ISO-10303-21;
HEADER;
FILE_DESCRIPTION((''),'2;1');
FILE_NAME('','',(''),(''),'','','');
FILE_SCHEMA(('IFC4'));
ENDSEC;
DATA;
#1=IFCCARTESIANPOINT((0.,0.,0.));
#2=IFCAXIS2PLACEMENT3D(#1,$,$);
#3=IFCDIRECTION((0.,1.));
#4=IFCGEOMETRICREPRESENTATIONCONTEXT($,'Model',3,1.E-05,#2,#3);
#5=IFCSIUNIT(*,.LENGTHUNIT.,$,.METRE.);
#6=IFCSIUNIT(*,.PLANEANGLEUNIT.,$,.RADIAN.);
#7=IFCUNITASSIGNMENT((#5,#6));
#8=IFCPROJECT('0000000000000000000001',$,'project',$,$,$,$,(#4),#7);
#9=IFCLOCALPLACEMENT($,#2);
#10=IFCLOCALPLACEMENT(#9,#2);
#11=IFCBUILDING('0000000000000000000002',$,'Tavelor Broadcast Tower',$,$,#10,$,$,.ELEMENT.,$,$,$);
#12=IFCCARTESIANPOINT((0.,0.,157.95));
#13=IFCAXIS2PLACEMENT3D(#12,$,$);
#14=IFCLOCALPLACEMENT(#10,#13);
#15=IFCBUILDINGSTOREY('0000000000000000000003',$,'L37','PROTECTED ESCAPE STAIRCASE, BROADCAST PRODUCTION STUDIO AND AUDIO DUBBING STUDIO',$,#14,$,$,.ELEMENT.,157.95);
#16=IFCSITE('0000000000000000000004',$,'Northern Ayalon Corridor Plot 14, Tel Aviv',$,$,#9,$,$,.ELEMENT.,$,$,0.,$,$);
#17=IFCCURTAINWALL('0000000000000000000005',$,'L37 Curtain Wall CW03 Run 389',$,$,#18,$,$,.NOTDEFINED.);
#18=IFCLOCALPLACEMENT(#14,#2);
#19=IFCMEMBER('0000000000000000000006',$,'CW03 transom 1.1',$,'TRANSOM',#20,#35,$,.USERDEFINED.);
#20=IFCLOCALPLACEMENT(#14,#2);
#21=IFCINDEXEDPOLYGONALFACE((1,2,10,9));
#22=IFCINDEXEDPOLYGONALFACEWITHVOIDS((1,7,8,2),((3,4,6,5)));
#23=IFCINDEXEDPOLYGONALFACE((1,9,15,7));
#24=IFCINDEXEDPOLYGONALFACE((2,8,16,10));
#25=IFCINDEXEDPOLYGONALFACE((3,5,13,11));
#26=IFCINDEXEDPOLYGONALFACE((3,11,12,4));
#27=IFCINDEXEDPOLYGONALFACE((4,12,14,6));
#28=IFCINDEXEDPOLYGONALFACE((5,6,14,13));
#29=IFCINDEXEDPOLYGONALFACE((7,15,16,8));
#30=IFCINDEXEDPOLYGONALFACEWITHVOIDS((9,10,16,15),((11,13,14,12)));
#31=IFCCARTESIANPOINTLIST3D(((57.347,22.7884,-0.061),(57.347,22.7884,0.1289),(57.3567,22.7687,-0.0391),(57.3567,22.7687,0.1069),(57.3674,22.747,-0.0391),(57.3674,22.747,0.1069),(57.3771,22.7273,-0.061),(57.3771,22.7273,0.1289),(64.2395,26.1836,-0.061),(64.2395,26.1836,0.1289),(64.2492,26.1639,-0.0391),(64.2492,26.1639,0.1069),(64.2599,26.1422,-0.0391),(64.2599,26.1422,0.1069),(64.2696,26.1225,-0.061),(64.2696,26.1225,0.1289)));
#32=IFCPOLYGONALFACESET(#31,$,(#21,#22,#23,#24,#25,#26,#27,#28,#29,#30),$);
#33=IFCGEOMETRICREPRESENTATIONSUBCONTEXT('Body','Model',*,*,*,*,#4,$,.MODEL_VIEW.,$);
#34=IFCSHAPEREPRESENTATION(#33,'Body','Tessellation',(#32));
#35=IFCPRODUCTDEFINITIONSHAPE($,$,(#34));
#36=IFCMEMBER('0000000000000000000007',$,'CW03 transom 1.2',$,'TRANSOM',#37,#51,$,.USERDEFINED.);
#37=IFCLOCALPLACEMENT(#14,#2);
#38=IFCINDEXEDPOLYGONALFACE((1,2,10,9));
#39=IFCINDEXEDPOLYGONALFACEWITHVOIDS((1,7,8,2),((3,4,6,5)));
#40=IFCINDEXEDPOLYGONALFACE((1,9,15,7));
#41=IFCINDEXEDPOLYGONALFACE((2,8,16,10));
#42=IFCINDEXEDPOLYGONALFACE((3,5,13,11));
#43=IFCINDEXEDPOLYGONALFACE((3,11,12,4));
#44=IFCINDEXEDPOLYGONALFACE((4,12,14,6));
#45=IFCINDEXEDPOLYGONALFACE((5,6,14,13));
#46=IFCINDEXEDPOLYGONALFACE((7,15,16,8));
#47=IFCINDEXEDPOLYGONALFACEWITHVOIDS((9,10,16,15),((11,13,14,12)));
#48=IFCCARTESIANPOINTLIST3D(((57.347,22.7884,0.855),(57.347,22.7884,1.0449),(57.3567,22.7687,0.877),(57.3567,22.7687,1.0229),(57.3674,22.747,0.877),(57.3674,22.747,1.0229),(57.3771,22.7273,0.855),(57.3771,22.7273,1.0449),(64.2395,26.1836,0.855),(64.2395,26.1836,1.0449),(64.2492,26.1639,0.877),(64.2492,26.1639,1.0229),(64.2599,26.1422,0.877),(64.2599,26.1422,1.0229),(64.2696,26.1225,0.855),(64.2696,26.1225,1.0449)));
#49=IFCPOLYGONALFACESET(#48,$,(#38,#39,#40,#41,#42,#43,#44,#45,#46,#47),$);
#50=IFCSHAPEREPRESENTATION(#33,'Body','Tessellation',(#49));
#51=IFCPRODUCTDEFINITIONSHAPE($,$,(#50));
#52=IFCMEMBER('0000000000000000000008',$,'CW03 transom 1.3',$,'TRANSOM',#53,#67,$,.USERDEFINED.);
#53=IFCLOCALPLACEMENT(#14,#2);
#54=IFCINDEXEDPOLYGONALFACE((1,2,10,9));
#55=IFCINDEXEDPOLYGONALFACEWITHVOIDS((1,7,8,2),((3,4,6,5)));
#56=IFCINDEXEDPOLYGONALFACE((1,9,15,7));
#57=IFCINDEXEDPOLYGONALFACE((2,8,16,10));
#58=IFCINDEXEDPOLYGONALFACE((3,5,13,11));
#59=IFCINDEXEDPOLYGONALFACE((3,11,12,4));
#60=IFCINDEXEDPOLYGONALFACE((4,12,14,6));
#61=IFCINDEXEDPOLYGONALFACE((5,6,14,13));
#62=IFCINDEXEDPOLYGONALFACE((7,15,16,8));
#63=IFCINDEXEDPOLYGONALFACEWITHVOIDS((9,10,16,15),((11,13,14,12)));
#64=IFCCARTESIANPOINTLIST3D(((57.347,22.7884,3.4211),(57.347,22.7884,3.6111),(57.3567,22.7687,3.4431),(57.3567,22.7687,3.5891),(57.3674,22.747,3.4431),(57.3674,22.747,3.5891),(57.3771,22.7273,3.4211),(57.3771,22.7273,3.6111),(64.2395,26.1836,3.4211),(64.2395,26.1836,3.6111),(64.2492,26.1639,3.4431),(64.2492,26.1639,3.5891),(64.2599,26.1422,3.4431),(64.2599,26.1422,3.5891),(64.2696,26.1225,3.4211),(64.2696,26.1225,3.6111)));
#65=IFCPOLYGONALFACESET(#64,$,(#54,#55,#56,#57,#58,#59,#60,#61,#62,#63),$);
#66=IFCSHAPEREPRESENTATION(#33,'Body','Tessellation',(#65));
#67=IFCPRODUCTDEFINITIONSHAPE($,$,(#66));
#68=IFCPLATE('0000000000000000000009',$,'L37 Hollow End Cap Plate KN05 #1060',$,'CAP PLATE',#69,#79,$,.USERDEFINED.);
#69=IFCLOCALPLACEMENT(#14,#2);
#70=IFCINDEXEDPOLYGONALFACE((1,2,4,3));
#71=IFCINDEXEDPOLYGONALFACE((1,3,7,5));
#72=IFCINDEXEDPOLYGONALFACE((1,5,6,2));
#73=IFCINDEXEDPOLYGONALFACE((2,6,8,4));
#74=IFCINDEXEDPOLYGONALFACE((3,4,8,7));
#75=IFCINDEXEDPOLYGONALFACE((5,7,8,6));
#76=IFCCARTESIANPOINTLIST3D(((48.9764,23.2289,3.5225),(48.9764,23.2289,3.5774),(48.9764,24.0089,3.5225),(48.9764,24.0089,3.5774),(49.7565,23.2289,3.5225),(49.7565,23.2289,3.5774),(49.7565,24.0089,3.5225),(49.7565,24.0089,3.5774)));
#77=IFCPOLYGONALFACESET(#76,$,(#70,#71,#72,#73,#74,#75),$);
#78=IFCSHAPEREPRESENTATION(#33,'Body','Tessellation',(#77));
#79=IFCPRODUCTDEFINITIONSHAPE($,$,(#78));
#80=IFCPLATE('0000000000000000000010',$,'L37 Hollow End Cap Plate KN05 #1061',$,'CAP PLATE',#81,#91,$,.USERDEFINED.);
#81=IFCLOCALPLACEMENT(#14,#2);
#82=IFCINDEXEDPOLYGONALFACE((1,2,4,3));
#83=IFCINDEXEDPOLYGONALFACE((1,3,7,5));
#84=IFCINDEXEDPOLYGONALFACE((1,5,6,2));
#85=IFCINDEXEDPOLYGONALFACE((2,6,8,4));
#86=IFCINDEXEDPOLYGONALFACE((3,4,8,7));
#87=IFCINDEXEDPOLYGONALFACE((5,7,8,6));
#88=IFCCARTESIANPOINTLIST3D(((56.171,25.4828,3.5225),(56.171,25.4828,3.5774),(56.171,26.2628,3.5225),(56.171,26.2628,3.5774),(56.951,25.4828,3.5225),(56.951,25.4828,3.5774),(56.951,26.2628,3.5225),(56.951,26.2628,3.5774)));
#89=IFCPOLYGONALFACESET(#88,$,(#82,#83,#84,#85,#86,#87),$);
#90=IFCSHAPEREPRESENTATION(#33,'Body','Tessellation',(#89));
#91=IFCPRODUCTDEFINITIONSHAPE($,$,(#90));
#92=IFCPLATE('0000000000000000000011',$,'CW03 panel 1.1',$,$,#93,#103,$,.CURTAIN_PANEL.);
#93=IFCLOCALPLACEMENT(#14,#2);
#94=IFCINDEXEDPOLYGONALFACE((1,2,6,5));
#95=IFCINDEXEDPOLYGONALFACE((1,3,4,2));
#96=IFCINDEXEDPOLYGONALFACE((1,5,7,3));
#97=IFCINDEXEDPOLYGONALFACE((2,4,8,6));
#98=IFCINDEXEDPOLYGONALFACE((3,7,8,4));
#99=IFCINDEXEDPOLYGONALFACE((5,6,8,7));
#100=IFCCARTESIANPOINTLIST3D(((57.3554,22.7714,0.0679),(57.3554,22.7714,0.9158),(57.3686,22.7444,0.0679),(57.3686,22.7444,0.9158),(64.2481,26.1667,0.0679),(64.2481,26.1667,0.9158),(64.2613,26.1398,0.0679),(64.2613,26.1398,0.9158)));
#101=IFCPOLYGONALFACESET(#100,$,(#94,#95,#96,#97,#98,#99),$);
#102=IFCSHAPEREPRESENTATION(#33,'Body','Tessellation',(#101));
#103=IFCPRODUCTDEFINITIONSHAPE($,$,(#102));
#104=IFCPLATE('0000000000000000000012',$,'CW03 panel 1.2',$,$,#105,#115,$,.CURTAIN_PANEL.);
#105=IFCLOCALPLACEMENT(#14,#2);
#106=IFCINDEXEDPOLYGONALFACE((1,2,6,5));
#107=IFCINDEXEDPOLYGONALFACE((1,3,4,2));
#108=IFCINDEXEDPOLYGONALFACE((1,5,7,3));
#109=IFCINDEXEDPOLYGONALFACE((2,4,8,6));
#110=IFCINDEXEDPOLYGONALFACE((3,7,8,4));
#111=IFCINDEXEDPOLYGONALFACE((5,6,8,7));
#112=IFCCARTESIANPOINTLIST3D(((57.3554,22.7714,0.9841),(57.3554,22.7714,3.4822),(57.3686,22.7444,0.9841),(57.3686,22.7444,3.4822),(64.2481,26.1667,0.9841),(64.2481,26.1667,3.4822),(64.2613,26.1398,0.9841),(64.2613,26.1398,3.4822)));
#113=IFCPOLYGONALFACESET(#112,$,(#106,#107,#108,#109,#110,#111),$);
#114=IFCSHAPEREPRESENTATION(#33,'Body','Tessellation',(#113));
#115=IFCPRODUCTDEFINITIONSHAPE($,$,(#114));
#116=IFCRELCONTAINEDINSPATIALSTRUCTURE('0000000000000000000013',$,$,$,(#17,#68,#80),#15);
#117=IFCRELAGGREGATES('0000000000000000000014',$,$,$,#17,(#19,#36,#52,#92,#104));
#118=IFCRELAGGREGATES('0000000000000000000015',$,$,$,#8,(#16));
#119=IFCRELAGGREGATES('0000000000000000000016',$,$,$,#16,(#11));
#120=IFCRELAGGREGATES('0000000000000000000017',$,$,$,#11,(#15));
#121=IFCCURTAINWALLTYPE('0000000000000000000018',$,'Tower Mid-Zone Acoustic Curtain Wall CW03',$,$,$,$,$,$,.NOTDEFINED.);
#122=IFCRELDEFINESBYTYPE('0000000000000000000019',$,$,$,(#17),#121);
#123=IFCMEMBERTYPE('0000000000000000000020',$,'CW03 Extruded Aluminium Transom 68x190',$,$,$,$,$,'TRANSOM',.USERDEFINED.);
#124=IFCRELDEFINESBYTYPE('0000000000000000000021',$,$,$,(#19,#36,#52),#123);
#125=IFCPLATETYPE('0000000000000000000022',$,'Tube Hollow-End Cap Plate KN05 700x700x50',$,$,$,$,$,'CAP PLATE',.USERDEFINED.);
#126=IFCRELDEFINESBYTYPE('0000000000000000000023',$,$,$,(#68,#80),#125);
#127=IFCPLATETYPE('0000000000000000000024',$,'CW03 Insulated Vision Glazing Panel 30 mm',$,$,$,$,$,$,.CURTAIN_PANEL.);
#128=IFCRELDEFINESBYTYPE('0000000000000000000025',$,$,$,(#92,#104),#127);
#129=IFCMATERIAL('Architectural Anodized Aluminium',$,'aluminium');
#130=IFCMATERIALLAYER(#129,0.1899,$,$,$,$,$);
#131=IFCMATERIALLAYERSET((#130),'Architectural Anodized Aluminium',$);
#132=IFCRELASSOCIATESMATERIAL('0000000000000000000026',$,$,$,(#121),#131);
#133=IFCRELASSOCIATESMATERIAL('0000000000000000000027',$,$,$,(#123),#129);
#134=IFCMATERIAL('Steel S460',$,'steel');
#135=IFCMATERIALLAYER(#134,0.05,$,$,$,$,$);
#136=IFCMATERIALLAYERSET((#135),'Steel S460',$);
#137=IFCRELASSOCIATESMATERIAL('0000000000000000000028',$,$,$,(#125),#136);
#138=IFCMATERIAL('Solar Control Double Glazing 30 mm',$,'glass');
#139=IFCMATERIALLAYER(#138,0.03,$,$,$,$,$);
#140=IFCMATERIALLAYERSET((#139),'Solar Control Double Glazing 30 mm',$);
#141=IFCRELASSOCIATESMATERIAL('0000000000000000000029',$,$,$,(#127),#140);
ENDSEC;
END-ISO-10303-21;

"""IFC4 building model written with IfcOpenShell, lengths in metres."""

from ifc_helpers import new_model, si_unit, direction, frame, origin, origin_2d, place, context, subcontext, project, spatial, rectangle, hollow_rectangle, extrude, source, transform, mapped, material, layer, layer_set, material_profile, profile_set, type_object, type_shapes, element, aggregate, save


model = new_model("IFC4")

# Units and contexts
model_context = context("Model", 3, precision=1e-05, world=origin(), true_north=direction((0.0, 1.0)))
body_context = subcontext(model_context, "Body", "Model", "MODEL_VIEW")
ifc_project = project(units=[si_unit("LENGTHUNIT", "METRE"), si_unit("PLANEANGLEUNIT", "RADIAN")], contexts=[model_context])

# Site, building, storey
site_placement = place(None, origin())
site = spatial("IfcSite", under=ifc_project, at=site_placement, Name="Northern Ayalon Corridor Plot 14, Tel Aviv", CompositionType="ELEMENT", RefElevation=0.0)
building_placement = place(site_placement, origin())
building = spatial("IfcBuilding", under=site, at=building_placement, Name="Tavelor Broadcast Tower", CompositionType="ELEMENT")
storey_placement = place(building_placement, frame((0.0, 0.0, 157.95)))
storey = spatial("IfcBuildingStorey", under=building, at=storey_placement, Name="L37", Description="PROTECTED ESCAPE STAIRCASE, BROADCAST PRODUCTION STUDIO AND AUDIO DUBBING STUDIO", CompositionType="ELEMENT", Elevation=157.95)

# Shared definitions
ifc_material_1 = material(Name="Steel S460", Category="steel")

# Curtain wall, members
ifc_material_2 = material(Name="Architectural Anodized Aluminium", Category="aluminium")
ifc_layer_1 = layer(ifc_material_2, 0.1899)
ifc_layer_set_1 = layer_set([ifc_layer_1], Name="Architectural Anodized Aluminium")
curtain_wall_type = type_object("IfcCurtainWallType", Name="Tower Mid-Zone Acoustic Curtain Wall CW03", PredefinedType="NOTDEFINED", material=ifc_layer_set_1)
curtain_wall_placement = place(storey_placement, origin())
curtain_wall = element("IfcCurtainWall", 1, at=curtain_wall_placement, inside=storey, type_object=curtain_wall_type, Name="L37 Curtain Wall CW03 Run 389", PredefinedType="NOTDEFINED")
ifc_material_profile_1 = material_profile(ifc_material_2, hollow_rectangle(XDim=0.0681, YDim=0.1899, WallThickness=0.022, at=origin_2d()), Name="RHS 68x190x22")
ifc_profile_set_1 = profile_set([ifc_material_profile_1], Name="Architectural Anodized Aluminium")
member_type_1 = type_object("IfcMemberType", Name="CW03 Extruded Aluminium Transom 68x190", ElementType="TRANSOM", PredefinedType="USERDEFINED", material=ifc_profile_set_1)
shared_shape_1 = source(origin(), body_context, "Body", "SweptSolid", [
    extrude(hollow_rectangle(XDim=0.0681, YDim=0.1899, WallThickness=0.022, at=origin_2d()), origin(), (0.0, 0.0, 1.0), 7.6833),
])
type_shapes(member_type_1, [shared_shape_1])
member_1_placement = place(storey_placement, frame((57.3621, 22.7578, 0.0339), z_axis=(0.897068, 0.441893, 0.0), x_axis=(-0.441893, 0.897068, 0.0)))
member_1 = element("IfcMember", 2, at=member_1_placement, type_object=member_type_1, Name="CW03 transom 1.1", ObjectType="TRANSOM", PredefinedType="USERDEFINED", context=body_context, shape_type="MappedRepresentation", body=[
    mapped(shared_shape_1, transform((0.0, 0.0, 0.0), scale=1.0)),
])
member_2_placement = place(storey_placement, frame((57.3621, 22.7578, 0.95), z_axis=(0.897068, 0.441893, 0.0), x_axis=(-0.441893, 0.897068, 0.0)))
member_2 = element("IfcMember", 3, at=member_2_placement, type_object=member_type_1, Name="CW03 transom 1.2", ObjectType="TRANSOM", PredefinedType="USERDEFINED", context=body_context, shape_type="MappedRepresentation", body=[
    mapped(shared_shape_1, transform((0.0, 0.0, 0.0), scale=1.0)),
])
member_3_placement = place(storey_placement, frame((57.3621, 22.7578, 3.5161), z_axis=(0.897068, 0.441893, 0.0), x_axis=(-0.441893, 0.897068, 0.0)))
member_3 = element("IfcMember", 4, at=member_3_placement, type_object=member_type_1, Name="CW03 transom 1.3", ObjectType="TRANSOM", PredefinedType="USERDEFINED", context=body_context, shape_type="MappedRepresentation", body=[
    mapped(shared_shape_1, transform((0.0, 0.0, 0.0), scale=1.0)),
])

# Plates
ifc_layer_2 = layer(ifc_material_1, 0.05)
ifc_layer_set_2 = layer_set([ifc_layer_2], Name="Steel S460")
plate_type_1 = type_object("IfcPlateType", Name="Tube Hollow-End Cap Plate KN05 700x700x50", ElementType="CAP PLATE", PredefinedType="USERDEFINED", material=ifc_layer_set_2)
shared_shape_2 = source(origin(), body_context, "Body", "SweptSolid", [
    extrude(rectangle(XDim=0.78, YDim=0.78, at=origin_2d()), origin(), (0.0, 0.0, 1.0), 0.0549),
])
type_shapes(plate_type_1, [shared_shape_2])
for number, where, z_axis, x_axis, name in (
    (5, (49.3665, 23.6189, 3.5225), (0.0, 0.0, 1.0), (1.0, 0.0, 0.0), "L37 Hollow End Cap Plate KN05 #1060"),
    (6, (56.561, 25.8728, 3.5225), (0.0, 0.0, 1.0), (1.0, 0.0, 0.0), "L37 Hollow End Cap Plate KN05 #1061"),
):
    element("IfcPlate", number, at=place(storey_placement, frame(where, z_axis=z_axis, x_axis=x_axis)), inside=storey, type_object=plate_type_1, Name=name, ObjectType="CAP PLATE", PredefinedType="USERDEFINED", context=body_context, shape_type="MappedRepresentation", body=[
        mapped(shared_shape_2, transform((0.0, 0.0, 0.0), scale=1.0)),
    ])

# Plates
ifc_material_3 = material(Name="Solar Control Double Glazing 30 mm", Category="glass")
ifc_layer_3 = layer(ifc_material_3, 0.03)
ifc_layer_set_3 = layer_set([ifc_layer_3], Name="Solar Control Double Glazing 30 mm")
plate_type_2 = type_object("IfcPlateType", Name="CW03 Insulated Vision Glazing Panel 30 mm", PredefinedType="CURTAIN_PANEL", material=ifc_layer_set_3)
shared_shape_3 = source(origin(), body_context, "Body", "SweptSolid", [
    extrude(rectangle(XDim=7.6836, YDim=0.03, at=origin_2d()), origin(), (0.0, 0.0, 1.0), 0.8479),
])
plate_1_placement = place(storey_placement, frame((60.8083, 24.4556, 0.0679), z_axis=(0.0, 0.0, 1.0), x_axis=(0.897066, 0.441896, 0.0)))
plate_1 = element("IfcPlate", 7, at=plate_1_placement, type_object=plate_type_2, Name="CW03 panel 1.1", PredefinedType="CURTAIN_PANEL", context=body_context, shape_type="MappedRepresentation", body=[
    mapped(shared_shape_3, transform((0.0, 0.0, 0.0), scale=1.0)),
])
shared_shape_4 = source(origin(), body_context, "Body", "SweptSolid", [
    extrude(rectangle(XDim=7.6836, YDim=0.03, at=origin_2d()), origin(), (0.0, 0.0, 1.0), 2.498),
])
type_shapes(plate_type_2, [shared_shape_3, shared_shape_4])
plate_2_placement = place(storey_placement, frame((60.8083, 24.4556, 0.9841), z_axis=(0.0, 0.0, 1.0), x_axis=(0.897066, 0.441896, 0.0)))
plate_2 = element("IfcPlate", 8, at=plate_2_placement, type_object=plate_type_2, Name="CW03 panel 1.2", PredefinedType="CURTAIN_PANEL", context=body_context, shape_type="MappedRepresentation", body=[
    mapped(shared_shape_4, transform((0.0, 0.0, 0.0), scale=1.0)),
])
aggregate(curtain_wall, [member_1, member_2, member_3, plate_1, plate_2])

save(model, "model.ifc")
